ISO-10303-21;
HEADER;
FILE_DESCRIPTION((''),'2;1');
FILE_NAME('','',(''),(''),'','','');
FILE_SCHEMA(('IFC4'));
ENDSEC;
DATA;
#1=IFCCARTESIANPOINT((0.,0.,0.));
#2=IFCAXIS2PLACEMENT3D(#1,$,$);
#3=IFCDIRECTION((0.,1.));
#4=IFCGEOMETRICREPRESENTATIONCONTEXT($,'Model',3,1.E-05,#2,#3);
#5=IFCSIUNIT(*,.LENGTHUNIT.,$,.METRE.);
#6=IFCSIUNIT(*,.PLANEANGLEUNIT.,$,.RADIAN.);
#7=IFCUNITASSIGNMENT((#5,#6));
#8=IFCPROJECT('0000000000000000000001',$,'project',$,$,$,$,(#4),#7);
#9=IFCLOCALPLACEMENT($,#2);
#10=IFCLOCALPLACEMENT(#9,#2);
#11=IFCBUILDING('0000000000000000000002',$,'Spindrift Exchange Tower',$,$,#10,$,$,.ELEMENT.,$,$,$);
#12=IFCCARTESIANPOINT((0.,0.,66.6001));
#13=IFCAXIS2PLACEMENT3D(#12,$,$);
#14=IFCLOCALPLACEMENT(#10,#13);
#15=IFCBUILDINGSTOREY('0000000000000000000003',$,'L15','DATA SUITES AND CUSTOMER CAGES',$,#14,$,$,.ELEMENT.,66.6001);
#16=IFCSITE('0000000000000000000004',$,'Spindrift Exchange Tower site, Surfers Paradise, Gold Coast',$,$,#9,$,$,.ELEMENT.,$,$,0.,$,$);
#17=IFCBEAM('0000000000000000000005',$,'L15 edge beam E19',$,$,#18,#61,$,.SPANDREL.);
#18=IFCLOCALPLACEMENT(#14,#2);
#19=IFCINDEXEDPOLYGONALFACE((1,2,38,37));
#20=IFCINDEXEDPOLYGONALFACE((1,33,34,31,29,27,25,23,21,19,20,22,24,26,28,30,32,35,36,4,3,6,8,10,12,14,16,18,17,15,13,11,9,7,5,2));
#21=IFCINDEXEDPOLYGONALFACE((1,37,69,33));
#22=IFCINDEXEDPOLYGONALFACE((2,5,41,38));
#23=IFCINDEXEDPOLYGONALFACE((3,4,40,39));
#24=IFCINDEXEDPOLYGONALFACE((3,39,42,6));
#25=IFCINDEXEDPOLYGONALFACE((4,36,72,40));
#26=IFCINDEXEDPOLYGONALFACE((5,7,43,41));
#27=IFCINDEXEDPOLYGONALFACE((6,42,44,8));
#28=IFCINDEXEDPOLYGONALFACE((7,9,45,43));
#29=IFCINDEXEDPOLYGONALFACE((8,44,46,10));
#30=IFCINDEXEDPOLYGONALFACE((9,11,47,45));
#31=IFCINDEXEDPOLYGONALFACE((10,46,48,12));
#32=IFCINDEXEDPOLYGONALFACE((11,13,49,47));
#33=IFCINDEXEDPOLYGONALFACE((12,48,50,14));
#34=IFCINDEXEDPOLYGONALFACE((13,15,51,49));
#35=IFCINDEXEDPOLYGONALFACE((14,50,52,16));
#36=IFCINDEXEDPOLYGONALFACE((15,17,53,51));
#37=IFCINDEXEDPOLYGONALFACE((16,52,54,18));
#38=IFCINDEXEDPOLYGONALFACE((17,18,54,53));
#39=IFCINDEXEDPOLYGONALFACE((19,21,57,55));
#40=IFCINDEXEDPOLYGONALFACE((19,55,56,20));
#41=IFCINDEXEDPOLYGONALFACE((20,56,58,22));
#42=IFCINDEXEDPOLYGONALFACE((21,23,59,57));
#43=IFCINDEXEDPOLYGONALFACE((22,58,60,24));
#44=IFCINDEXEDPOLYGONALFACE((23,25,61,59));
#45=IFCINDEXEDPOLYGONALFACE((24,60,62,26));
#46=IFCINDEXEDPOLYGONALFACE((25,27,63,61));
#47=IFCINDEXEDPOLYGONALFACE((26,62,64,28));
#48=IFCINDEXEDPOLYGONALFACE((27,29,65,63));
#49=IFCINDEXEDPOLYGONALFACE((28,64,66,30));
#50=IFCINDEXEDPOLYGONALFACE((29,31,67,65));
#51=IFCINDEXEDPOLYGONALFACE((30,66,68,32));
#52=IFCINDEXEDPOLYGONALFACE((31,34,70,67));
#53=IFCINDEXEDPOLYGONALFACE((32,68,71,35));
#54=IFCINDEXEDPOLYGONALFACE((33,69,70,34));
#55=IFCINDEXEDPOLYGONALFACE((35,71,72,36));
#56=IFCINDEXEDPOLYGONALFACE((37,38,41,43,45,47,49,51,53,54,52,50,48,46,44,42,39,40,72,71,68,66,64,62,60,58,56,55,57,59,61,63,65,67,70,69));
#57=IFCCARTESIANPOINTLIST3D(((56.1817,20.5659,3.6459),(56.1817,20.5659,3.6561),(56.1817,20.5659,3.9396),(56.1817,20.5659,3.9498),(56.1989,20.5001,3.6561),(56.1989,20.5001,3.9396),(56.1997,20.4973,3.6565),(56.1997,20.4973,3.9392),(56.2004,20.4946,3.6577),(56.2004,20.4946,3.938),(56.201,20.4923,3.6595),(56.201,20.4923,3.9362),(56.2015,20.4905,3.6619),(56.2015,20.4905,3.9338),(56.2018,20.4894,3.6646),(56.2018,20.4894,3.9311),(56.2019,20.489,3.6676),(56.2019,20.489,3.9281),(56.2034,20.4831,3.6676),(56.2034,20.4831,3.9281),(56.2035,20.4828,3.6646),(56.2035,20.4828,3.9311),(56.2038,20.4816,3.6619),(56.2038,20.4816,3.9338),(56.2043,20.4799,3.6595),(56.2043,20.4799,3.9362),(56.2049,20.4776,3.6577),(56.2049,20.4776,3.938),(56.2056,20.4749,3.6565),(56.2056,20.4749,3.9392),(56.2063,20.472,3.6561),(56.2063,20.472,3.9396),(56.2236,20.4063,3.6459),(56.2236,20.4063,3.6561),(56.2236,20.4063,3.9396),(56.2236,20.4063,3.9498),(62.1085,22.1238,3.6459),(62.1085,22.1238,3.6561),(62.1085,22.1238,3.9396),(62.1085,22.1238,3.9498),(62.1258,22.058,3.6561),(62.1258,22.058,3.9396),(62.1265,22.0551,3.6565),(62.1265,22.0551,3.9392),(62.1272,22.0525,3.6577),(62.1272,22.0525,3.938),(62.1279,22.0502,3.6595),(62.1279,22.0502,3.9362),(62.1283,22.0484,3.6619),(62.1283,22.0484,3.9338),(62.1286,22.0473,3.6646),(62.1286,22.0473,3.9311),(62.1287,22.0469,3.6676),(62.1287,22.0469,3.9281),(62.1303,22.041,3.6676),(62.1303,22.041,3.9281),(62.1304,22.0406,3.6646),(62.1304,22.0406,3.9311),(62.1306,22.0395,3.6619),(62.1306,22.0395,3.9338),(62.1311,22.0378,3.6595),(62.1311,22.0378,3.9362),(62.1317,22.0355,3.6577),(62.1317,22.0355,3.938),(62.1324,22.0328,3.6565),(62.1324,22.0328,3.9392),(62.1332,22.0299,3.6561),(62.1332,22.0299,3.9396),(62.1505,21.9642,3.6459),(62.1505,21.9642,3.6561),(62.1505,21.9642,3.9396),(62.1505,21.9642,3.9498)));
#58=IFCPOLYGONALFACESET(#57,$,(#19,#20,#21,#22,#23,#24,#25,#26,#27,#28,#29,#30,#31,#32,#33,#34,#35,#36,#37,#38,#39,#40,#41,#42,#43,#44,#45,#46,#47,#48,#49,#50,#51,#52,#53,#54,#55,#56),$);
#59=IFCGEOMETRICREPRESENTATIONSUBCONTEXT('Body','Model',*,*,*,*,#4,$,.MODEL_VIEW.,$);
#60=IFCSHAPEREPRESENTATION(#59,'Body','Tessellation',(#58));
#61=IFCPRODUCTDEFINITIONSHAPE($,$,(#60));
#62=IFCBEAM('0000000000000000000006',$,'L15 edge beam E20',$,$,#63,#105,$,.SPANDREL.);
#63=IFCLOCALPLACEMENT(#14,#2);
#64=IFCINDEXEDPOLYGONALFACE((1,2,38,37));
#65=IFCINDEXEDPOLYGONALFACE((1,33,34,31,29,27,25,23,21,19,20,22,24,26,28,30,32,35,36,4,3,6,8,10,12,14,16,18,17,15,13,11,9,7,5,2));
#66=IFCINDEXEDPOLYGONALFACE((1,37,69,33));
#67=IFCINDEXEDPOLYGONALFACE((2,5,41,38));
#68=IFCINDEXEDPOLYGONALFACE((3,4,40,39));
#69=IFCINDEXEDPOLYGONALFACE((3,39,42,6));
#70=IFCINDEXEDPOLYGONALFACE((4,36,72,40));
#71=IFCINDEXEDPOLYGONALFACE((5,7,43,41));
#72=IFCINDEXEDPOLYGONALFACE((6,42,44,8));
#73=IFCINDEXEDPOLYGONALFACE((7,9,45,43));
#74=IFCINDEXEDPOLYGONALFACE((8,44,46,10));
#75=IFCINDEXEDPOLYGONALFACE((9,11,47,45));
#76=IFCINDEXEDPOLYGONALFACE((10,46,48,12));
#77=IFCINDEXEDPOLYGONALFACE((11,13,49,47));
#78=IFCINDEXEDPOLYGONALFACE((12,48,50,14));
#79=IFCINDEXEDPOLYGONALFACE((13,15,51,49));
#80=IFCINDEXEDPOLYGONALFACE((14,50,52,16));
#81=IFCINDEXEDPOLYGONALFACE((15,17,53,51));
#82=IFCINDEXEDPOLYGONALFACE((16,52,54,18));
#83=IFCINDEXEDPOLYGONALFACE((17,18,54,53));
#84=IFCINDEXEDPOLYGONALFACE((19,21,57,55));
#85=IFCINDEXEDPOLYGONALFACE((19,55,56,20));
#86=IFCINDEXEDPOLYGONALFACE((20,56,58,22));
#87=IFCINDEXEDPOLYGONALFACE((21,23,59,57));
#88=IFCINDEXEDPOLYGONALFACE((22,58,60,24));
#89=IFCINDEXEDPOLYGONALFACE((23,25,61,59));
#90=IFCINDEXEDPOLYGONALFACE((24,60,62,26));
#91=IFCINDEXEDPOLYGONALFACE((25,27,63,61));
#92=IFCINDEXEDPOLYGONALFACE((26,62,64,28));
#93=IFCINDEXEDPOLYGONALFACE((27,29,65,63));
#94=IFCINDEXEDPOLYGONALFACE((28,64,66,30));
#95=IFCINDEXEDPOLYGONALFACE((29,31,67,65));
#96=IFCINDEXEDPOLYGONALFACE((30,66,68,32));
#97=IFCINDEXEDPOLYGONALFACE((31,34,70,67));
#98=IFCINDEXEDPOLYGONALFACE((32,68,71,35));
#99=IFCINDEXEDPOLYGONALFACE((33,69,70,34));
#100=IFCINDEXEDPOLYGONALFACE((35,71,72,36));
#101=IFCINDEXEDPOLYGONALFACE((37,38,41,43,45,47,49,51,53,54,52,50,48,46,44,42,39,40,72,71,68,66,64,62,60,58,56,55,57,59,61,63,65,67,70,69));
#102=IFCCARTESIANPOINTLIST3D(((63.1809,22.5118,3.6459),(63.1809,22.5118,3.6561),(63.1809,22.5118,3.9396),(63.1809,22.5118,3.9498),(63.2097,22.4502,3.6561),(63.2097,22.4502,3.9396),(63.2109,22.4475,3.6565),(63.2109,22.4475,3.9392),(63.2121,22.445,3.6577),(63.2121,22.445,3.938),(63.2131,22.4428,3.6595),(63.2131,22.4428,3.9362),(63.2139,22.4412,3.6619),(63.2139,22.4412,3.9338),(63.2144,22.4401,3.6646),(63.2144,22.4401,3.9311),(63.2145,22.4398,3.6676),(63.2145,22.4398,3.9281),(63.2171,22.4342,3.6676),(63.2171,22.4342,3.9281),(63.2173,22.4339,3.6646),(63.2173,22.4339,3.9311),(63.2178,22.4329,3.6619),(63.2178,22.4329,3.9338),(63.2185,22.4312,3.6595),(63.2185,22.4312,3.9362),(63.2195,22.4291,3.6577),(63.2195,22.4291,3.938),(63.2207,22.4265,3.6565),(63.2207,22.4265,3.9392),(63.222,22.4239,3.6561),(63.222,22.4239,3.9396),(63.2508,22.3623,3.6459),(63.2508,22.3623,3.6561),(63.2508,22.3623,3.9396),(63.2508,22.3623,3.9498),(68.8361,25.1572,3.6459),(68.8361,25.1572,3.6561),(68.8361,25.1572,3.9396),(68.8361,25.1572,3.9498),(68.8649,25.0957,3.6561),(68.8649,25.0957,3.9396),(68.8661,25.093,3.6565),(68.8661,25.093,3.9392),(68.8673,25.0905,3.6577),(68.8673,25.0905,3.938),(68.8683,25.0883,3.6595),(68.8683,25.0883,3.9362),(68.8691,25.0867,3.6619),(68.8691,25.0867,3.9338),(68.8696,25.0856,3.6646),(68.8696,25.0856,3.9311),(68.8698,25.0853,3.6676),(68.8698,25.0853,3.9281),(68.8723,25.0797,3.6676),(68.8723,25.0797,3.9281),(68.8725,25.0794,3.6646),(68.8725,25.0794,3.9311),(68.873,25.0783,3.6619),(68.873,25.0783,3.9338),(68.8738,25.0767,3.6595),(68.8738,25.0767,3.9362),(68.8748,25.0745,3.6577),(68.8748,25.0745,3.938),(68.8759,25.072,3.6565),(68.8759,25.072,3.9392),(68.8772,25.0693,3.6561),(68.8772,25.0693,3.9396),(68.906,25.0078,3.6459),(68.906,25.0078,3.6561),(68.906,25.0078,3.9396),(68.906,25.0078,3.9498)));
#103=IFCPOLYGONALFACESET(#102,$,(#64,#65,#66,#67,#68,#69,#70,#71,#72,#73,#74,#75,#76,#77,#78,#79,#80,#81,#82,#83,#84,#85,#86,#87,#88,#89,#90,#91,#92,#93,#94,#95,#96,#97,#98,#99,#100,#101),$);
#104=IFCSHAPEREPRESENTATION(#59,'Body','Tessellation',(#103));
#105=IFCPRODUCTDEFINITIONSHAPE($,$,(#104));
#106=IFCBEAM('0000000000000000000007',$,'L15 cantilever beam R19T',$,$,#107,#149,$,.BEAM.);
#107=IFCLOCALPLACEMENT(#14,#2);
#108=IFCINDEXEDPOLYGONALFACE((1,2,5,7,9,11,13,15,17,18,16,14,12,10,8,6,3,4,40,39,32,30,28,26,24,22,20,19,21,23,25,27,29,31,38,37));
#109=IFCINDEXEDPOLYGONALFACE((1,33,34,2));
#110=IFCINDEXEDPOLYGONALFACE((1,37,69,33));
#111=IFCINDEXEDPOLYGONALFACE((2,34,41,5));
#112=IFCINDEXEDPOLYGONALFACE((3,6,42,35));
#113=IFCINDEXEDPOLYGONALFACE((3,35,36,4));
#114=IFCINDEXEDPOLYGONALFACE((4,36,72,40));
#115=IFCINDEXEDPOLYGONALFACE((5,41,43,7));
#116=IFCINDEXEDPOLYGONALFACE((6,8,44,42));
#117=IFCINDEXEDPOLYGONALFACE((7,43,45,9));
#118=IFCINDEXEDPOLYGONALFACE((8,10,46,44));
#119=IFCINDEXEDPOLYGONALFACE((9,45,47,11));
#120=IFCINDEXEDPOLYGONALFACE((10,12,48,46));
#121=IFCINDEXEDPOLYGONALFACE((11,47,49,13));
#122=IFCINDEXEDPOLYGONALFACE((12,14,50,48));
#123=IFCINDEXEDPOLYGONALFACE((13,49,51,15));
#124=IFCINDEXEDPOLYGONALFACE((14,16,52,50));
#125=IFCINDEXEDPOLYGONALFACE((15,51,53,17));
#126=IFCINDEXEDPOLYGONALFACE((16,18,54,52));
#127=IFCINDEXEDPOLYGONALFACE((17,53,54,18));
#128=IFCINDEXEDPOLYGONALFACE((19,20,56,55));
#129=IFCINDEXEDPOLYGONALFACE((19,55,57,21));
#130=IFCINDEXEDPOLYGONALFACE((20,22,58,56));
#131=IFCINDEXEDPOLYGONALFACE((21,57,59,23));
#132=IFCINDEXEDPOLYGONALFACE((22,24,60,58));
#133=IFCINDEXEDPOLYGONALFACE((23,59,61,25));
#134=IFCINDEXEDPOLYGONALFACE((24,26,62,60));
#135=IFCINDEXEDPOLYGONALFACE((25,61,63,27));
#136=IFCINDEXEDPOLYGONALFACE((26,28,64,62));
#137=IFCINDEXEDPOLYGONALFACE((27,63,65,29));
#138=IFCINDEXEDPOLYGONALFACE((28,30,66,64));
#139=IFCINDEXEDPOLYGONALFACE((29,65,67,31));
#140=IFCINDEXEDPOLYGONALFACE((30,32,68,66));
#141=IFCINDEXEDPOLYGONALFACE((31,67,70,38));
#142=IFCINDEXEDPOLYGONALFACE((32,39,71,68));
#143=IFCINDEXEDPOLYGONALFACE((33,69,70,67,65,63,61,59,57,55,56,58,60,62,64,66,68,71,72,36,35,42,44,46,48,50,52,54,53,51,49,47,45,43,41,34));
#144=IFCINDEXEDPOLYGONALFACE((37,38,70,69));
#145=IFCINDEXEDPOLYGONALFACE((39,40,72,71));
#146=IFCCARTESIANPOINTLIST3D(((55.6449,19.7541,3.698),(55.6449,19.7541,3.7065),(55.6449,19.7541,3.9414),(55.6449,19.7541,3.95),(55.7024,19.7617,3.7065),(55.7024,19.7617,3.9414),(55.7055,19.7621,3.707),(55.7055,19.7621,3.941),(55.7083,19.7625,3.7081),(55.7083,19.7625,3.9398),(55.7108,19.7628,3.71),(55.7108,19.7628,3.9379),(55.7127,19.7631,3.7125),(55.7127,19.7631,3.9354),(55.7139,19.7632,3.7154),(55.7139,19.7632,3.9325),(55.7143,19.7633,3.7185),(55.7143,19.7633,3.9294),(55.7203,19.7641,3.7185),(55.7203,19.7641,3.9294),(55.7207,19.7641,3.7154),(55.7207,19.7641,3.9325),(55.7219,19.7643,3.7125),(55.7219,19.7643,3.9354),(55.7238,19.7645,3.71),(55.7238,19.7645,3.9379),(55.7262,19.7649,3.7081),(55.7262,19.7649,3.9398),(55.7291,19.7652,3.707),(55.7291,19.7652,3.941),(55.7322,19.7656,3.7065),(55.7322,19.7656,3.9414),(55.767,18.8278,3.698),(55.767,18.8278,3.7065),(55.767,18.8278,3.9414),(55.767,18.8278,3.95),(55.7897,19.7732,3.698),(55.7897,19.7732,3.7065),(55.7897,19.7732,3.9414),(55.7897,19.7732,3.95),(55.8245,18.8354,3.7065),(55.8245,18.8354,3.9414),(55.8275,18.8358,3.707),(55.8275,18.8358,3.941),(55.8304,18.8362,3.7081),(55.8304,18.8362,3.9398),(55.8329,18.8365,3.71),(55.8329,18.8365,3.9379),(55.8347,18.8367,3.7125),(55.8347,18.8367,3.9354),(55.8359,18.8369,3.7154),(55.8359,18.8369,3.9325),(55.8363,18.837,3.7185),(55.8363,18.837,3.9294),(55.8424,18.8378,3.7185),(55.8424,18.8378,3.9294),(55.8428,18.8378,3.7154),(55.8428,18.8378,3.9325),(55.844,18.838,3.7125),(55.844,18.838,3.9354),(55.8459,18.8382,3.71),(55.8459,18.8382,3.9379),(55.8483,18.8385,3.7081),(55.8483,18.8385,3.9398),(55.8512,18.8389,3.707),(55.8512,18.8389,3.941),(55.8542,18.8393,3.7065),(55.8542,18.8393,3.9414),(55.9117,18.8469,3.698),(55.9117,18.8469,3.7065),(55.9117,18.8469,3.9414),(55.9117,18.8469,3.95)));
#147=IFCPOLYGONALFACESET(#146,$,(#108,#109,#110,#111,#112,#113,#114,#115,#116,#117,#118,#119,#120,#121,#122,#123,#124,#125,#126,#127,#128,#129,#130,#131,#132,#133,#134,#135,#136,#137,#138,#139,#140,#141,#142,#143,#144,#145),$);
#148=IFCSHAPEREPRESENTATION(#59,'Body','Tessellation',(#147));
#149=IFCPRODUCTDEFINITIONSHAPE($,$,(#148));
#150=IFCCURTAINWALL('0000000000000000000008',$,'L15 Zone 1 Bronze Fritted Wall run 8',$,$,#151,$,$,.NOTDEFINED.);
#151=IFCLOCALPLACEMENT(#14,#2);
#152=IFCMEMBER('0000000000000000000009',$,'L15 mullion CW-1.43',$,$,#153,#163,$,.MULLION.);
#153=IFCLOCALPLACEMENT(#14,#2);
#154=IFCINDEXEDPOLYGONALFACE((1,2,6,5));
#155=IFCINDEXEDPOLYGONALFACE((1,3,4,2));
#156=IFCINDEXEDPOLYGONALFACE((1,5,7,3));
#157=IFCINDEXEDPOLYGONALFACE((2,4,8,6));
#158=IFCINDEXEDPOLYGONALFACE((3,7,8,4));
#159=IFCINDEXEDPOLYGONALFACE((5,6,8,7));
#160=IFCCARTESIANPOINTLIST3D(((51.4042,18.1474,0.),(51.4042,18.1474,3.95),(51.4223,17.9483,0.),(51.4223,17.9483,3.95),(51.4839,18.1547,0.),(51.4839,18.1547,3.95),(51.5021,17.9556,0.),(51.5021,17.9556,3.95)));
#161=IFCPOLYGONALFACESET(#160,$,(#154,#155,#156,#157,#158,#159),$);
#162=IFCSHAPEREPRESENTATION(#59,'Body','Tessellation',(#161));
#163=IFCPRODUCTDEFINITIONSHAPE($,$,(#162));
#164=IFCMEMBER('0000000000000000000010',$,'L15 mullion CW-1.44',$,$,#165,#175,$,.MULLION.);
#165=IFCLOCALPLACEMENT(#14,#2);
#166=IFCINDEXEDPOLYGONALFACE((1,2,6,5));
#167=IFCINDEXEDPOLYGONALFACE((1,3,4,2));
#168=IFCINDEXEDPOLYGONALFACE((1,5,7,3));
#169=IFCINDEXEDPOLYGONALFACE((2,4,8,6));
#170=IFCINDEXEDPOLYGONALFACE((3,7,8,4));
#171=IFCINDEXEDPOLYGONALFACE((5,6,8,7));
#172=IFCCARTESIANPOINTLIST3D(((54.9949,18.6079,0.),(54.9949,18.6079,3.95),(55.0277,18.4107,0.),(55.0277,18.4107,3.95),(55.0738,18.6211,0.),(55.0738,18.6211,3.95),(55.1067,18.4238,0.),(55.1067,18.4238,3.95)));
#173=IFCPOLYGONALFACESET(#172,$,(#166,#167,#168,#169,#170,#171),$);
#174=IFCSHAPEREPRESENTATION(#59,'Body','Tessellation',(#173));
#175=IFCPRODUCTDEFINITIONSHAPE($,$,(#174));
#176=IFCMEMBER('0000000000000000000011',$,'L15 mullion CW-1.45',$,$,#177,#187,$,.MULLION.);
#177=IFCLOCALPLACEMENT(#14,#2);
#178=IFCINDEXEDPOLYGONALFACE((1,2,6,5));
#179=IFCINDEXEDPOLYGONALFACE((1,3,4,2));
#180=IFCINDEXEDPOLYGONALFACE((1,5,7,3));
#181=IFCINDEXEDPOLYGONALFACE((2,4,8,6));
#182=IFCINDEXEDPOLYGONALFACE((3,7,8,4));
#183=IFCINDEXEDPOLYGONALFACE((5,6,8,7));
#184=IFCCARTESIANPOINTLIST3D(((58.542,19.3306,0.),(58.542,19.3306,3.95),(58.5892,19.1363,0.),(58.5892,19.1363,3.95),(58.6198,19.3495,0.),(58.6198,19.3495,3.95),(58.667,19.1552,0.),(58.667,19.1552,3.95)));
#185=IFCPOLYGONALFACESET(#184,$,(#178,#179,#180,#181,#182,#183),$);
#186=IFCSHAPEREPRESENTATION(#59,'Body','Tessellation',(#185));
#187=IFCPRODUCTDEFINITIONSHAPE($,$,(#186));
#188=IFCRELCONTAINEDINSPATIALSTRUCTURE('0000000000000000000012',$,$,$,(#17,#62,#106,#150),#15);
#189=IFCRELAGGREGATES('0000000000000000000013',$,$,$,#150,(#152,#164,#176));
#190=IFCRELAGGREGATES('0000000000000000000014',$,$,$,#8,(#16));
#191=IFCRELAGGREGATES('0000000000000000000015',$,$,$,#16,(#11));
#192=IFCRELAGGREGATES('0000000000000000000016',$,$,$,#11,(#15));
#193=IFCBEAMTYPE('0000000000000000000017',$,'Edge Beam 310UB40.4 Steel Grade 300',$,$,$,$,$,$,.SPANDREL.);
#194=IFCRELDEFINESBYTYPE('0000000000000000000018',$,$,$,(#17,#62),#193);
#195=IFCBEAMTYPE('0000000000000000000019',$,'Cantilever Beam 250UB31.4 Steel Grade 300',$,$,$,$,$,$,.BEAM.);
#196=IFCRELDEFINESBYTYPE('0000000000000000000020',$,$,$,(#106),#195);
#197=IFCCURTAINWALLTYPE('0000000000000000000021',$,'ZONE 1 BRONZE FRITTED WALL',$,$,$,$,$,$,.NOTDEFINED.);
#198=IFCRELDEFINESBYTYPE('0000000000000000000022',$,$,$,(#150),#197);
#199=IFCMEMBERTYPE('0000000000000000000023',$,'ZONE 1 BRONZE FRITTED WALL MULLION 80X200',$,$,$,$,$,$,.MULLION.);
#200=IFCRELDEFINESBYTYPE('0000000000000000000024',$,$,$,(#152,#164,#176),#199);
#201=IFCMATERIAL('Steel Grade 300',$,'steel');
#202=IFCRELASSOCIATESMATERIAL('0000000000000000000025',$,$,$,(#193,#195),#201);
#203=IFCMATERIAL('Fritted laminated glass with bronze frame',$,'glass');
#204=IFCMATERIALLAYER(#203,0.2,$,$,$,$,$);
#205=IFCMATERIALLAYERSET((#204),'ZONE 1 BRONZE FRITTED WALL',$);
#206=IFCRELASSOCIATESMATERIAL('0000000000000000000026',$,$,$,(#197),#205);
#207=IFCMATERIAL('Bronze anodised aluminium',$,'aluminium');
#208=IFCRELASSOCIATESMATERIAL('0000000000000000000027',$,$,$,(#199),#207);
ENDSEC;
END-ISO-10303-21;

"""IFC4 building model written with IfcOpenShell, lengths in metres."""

from ifc_helpers import new_model, si_unit, direction, frame, origin, origin_2d, place, context, subcontext, project, spatial, rectangle, i_section, extrude, source, transform, mapped, material, layer, layer_set, material_profile, profile_set, type_object, element, aggregate, save


model = new_model("IFC4")

# Units and contexts
model_context = context("Model", 3, precision=1e-05, world=origin(), true_north=direction((0.0, 1.0)))
body_context = subcontext(model_context, "Body", "Model", "MODEL_VIEW")
ifc_project = project(units=[si_unit("LENGTHUNIT", "METRE"), si_unit("PLANEANGLEUNIT", "RADIAN")], contexts=[model_context])

# Site, building, storey
site_placement = place(None, origin())
site = spatial("IfcSite", under=ifc_project, at=site_placement, Name="Spindrift Exchange Tower site, Surfers Paradise, Gold Coast", CompositionType="ELEMENT", RefElevation=0.0)
building_placement = place(site_placement, origin())
building = spatial("IfcBuilding", under=site, at=building_placement, Name="Spindrift Exchange Tower", CompositionType="ELEMENT")
storey_placement = place(building_placement, frame((0.0, 0.0, 66.6001)))
storey = spatial("IfcBuildingStorey", under=building, at=storey_placement, Name="L15", Description="DATA SUITES AND CUSTOMER CAGES", CompositionType="ELEMENT", Elevation=66.6001)

# Beams
ifc_material_1 = material(Name="Steel Grade 300", Category="steel")
ifc_material_profile_1 = material_profile(ifc_material_1, i_section(OverallWidth=0.165, OverallDepth=0.304, WebThickness=0.0061, FlangeThickness=0.0103, FilletRadius=0.0115, at=origin_2d()), Name="310UB40.4")
ifc_profile_set_1 = profile_set([ifc_material_profile_1], Name="Steel Grade 300")
beam_type_1 = type_object("IfcBeamType", Name="Edge Beam 310UB40.4 Steel Grade 300", PredefinedType="SPANDREL", material=ifc_profile_set_1)
shared_shape_1 = source(origin(), body_context, "Body", "SweptSolid", [
    extrude(i_section(OverallWidth=0.165, OverallDepth=0.304, WebThickness=0.0061, FlangeThickness=0.0103, FilletRadius=0.0115, at=origin_2d()), origin(), (0.0, 0.0, 1.0), 6.1282),
])
beam_1_placement = place(storey_placement, frame((56.2026, 20.4861, 3.7979), z_axis=(0.967147, 0.254217, 0.0), x_axis=(-0.254217, 0.967147, 0.0)))
element("IfcBeam", 1, at=beam_1_placement, inside=storey, type_object=beam_type_1, Name="L15 edge beam E19", PredefinedType="SPANDREL", context=body_context, shape_type="MappedRepresentation", body=[
    mapped(shared_shape_1, transform((0.0, 0.0, 0.0), scale=1.0)),
])
shared_shape_2 = source(origin(), body_context, "Body", "SweptSolid", [
    extrude(i_section(OverallWidth=0.165, OverallDepth=0.304, WebThickness=0.0061, FlangeThickness=0.0103, FilletRadius=0.0115, at=origin_2d()), origin(), (0.0, 0.0, 1.0), 6.2434),
])
beam_2_placement = place(storey_placement, frame((63.2158, 22.437, 3.7979), z_axis=(0.905791, 0.423724, 0.0), x_axis=(-0.423724, 0.905791, 0.0)))
element("IfcBeam", 2, at=beam_2_placement, inside=storey, type_object=beam_type_1, Name="L15 edge beam E20", PredefinedType="SPANDREL", context=body_context, shape_type="MappedRepresentation", body=[
    mapped(shared_shape_2, transform((0.0, 0.0, 0.0), scale=1.0)),
])
ifc_material_profile_2 = material_profile(ifc_material_1, i_section(OverallWidth=0.146, OverallDepth=0.252, WebThickness=0.0061, FlangeThickness=0.0085, FilletRadius=0.012, at=origin_2d()), Name="250UB31.4")
ifc_profile_set_2 = profile_set([ifc_material_profile_2], Name="Steel Grade 300")
beam_type_2 = type_object("IfcBeamType", Name="Cantilever Beam 250UB31.4 Steel Grade 300", PredefinedType="BEAM", material=ifc_profile_set_2)
shared_shape_3 = source(origin(), body_context, "Body", "SweptSolid", [
    extrude(i_section(OverallWidth=0.146, OverallDepth=0.252, WebThickness=0.0061, FlangeThickness=0.0085, FilletRadius=0.012, at=origin_2d()), origin(), (0.0, 0.0, 1.0), 0.9343),
])
beam_3_placement = place(storey_placement, frame((55.7173, 19.7637, 3.824), z_axis=(0.130657, -0.991428, 0.0), x_axis=(0.991428, 0.130657, 0.0)))
element("IfcBeam", 3, at=beam_3_placement, inside=storey, type_object=beam_type_2, Name="L15 cantilever beam R19T", PredefinedType="BEAM", context=body_context, shape_type="MappedRepresentation", body=[
    mapped(shared_shape_3, transform((0.0, 0.0, 0.0), scale=1.0)),
])

# Curtain wall, members
ifc_material_2 = material(Name="Fritted laminated glass with bronze frame", Category="glass")
ifc_layer_1 = layer(ifc_material_2, 0.2)
ifc_layer_set_1 = layer_set([ifc_layer_1], Name="ZONE 1 BRONZE FRITTED WALL")
curtain_wall_type = type_object("IfcCurtainWallType", Name="ZONE 1 BRONZE FRITTED WALL", PredefinedType="NOTDEFINED", material=ifc_layer_set_1)
curtain_wall_placement = place(storey_placement, origin())
curtain_wall = element("IfcCurtainWall", 4, at=curtain_wall_placement, inside=storey, type_object=curtain_wall_type, Name="L15 Zone 1 Bronze Fritted Wall run 8", PredefinedType="NOTDEFINED")
ifc_material_3 = material(Name="Bronze anodised aluminium", Category="aluminium")
ifc_material_profile_3 = material_profile(ifc_material_3, rectangle(XDim=0.0801, YDim=0.2, at=origin_2d()), Name="ZONE 1 BRONZE FRITTED WALL MULLION 80X200")
ifc_profile_set_3 = profile_set([ifc_material_profile_3], Name="Bronze anodised aluminium")
member_type_1 = type_object("IfcMemberType", Name="ZONE 1 BRONZE FRITTED WALL MULLION 80X200", PredefinedType="MULLION", material=ifc_profile_set_3)
shared_shape_4 = source(origin(), body_context, "Body", "SweptSolid", [
    extrude(rectangle(XDim=0.0801, YDim=0.2, at=origin_2d()), origin(), (0.0, 0.0, 1.0), 3.95),
])
member_1_placement = place(storey_placement, frame((51.4531, 18.0515, 0.0), z_axis=(0.0, 0.0, 1.0), x_axis=(0.99587, 0.090791, 0.0)))
member_1 = element("IfcMember", 5, at=member_1_placement, type_object=member_type_1, Name="L15 mullion CW-1.43", PredefinedType="MULLION", context=body_context, shape_type="MappedRepresentation", body=[
    mapped(shared_shape_4, transform((0.0, 0.0, 0.0), scale=1.0)),
])
member_2_placement = place(storey_placement, frame((55.0508, 18.5159, 0.0), z_axis=(0.0, 0.0, 1.0), x_axis=(0.986403, 0.164347, 0.0)))
member_2 = element("IfcMember", 6, at=member_2_placement, type_object=member_type_1, Name="L15 mullion CW-1.44", PredefinedType="MULLION", context=body_context, shape_type="MappedRepresentation", body=[
    mapped(shared_shape_4, transform((0.0, 0.0, 0.0), scale=1.0)),
])
member_3_placement = place(storey_placement, frame((58.6045, 19.2429, 0.0), z_axis=(0.0, 0.0, 1.0), x_axis=(0.97175, 0.236014, 0.0)))
member_3 = element("IfcMember", 7, at=member_3_placement, type_object=member_type_1, Name="L15 mullion CW-1.45", PredefinedType="MULLION", context=body_context, shape_type="MappedRepresentation", body=[
    mapped(shared_shape_4, transform((0.0, 0.0, 0.0), scale=1.0)),
])
aggregate(curtain_wall, [member_1, member_2, member_3])

save(model, "model.ifc")
